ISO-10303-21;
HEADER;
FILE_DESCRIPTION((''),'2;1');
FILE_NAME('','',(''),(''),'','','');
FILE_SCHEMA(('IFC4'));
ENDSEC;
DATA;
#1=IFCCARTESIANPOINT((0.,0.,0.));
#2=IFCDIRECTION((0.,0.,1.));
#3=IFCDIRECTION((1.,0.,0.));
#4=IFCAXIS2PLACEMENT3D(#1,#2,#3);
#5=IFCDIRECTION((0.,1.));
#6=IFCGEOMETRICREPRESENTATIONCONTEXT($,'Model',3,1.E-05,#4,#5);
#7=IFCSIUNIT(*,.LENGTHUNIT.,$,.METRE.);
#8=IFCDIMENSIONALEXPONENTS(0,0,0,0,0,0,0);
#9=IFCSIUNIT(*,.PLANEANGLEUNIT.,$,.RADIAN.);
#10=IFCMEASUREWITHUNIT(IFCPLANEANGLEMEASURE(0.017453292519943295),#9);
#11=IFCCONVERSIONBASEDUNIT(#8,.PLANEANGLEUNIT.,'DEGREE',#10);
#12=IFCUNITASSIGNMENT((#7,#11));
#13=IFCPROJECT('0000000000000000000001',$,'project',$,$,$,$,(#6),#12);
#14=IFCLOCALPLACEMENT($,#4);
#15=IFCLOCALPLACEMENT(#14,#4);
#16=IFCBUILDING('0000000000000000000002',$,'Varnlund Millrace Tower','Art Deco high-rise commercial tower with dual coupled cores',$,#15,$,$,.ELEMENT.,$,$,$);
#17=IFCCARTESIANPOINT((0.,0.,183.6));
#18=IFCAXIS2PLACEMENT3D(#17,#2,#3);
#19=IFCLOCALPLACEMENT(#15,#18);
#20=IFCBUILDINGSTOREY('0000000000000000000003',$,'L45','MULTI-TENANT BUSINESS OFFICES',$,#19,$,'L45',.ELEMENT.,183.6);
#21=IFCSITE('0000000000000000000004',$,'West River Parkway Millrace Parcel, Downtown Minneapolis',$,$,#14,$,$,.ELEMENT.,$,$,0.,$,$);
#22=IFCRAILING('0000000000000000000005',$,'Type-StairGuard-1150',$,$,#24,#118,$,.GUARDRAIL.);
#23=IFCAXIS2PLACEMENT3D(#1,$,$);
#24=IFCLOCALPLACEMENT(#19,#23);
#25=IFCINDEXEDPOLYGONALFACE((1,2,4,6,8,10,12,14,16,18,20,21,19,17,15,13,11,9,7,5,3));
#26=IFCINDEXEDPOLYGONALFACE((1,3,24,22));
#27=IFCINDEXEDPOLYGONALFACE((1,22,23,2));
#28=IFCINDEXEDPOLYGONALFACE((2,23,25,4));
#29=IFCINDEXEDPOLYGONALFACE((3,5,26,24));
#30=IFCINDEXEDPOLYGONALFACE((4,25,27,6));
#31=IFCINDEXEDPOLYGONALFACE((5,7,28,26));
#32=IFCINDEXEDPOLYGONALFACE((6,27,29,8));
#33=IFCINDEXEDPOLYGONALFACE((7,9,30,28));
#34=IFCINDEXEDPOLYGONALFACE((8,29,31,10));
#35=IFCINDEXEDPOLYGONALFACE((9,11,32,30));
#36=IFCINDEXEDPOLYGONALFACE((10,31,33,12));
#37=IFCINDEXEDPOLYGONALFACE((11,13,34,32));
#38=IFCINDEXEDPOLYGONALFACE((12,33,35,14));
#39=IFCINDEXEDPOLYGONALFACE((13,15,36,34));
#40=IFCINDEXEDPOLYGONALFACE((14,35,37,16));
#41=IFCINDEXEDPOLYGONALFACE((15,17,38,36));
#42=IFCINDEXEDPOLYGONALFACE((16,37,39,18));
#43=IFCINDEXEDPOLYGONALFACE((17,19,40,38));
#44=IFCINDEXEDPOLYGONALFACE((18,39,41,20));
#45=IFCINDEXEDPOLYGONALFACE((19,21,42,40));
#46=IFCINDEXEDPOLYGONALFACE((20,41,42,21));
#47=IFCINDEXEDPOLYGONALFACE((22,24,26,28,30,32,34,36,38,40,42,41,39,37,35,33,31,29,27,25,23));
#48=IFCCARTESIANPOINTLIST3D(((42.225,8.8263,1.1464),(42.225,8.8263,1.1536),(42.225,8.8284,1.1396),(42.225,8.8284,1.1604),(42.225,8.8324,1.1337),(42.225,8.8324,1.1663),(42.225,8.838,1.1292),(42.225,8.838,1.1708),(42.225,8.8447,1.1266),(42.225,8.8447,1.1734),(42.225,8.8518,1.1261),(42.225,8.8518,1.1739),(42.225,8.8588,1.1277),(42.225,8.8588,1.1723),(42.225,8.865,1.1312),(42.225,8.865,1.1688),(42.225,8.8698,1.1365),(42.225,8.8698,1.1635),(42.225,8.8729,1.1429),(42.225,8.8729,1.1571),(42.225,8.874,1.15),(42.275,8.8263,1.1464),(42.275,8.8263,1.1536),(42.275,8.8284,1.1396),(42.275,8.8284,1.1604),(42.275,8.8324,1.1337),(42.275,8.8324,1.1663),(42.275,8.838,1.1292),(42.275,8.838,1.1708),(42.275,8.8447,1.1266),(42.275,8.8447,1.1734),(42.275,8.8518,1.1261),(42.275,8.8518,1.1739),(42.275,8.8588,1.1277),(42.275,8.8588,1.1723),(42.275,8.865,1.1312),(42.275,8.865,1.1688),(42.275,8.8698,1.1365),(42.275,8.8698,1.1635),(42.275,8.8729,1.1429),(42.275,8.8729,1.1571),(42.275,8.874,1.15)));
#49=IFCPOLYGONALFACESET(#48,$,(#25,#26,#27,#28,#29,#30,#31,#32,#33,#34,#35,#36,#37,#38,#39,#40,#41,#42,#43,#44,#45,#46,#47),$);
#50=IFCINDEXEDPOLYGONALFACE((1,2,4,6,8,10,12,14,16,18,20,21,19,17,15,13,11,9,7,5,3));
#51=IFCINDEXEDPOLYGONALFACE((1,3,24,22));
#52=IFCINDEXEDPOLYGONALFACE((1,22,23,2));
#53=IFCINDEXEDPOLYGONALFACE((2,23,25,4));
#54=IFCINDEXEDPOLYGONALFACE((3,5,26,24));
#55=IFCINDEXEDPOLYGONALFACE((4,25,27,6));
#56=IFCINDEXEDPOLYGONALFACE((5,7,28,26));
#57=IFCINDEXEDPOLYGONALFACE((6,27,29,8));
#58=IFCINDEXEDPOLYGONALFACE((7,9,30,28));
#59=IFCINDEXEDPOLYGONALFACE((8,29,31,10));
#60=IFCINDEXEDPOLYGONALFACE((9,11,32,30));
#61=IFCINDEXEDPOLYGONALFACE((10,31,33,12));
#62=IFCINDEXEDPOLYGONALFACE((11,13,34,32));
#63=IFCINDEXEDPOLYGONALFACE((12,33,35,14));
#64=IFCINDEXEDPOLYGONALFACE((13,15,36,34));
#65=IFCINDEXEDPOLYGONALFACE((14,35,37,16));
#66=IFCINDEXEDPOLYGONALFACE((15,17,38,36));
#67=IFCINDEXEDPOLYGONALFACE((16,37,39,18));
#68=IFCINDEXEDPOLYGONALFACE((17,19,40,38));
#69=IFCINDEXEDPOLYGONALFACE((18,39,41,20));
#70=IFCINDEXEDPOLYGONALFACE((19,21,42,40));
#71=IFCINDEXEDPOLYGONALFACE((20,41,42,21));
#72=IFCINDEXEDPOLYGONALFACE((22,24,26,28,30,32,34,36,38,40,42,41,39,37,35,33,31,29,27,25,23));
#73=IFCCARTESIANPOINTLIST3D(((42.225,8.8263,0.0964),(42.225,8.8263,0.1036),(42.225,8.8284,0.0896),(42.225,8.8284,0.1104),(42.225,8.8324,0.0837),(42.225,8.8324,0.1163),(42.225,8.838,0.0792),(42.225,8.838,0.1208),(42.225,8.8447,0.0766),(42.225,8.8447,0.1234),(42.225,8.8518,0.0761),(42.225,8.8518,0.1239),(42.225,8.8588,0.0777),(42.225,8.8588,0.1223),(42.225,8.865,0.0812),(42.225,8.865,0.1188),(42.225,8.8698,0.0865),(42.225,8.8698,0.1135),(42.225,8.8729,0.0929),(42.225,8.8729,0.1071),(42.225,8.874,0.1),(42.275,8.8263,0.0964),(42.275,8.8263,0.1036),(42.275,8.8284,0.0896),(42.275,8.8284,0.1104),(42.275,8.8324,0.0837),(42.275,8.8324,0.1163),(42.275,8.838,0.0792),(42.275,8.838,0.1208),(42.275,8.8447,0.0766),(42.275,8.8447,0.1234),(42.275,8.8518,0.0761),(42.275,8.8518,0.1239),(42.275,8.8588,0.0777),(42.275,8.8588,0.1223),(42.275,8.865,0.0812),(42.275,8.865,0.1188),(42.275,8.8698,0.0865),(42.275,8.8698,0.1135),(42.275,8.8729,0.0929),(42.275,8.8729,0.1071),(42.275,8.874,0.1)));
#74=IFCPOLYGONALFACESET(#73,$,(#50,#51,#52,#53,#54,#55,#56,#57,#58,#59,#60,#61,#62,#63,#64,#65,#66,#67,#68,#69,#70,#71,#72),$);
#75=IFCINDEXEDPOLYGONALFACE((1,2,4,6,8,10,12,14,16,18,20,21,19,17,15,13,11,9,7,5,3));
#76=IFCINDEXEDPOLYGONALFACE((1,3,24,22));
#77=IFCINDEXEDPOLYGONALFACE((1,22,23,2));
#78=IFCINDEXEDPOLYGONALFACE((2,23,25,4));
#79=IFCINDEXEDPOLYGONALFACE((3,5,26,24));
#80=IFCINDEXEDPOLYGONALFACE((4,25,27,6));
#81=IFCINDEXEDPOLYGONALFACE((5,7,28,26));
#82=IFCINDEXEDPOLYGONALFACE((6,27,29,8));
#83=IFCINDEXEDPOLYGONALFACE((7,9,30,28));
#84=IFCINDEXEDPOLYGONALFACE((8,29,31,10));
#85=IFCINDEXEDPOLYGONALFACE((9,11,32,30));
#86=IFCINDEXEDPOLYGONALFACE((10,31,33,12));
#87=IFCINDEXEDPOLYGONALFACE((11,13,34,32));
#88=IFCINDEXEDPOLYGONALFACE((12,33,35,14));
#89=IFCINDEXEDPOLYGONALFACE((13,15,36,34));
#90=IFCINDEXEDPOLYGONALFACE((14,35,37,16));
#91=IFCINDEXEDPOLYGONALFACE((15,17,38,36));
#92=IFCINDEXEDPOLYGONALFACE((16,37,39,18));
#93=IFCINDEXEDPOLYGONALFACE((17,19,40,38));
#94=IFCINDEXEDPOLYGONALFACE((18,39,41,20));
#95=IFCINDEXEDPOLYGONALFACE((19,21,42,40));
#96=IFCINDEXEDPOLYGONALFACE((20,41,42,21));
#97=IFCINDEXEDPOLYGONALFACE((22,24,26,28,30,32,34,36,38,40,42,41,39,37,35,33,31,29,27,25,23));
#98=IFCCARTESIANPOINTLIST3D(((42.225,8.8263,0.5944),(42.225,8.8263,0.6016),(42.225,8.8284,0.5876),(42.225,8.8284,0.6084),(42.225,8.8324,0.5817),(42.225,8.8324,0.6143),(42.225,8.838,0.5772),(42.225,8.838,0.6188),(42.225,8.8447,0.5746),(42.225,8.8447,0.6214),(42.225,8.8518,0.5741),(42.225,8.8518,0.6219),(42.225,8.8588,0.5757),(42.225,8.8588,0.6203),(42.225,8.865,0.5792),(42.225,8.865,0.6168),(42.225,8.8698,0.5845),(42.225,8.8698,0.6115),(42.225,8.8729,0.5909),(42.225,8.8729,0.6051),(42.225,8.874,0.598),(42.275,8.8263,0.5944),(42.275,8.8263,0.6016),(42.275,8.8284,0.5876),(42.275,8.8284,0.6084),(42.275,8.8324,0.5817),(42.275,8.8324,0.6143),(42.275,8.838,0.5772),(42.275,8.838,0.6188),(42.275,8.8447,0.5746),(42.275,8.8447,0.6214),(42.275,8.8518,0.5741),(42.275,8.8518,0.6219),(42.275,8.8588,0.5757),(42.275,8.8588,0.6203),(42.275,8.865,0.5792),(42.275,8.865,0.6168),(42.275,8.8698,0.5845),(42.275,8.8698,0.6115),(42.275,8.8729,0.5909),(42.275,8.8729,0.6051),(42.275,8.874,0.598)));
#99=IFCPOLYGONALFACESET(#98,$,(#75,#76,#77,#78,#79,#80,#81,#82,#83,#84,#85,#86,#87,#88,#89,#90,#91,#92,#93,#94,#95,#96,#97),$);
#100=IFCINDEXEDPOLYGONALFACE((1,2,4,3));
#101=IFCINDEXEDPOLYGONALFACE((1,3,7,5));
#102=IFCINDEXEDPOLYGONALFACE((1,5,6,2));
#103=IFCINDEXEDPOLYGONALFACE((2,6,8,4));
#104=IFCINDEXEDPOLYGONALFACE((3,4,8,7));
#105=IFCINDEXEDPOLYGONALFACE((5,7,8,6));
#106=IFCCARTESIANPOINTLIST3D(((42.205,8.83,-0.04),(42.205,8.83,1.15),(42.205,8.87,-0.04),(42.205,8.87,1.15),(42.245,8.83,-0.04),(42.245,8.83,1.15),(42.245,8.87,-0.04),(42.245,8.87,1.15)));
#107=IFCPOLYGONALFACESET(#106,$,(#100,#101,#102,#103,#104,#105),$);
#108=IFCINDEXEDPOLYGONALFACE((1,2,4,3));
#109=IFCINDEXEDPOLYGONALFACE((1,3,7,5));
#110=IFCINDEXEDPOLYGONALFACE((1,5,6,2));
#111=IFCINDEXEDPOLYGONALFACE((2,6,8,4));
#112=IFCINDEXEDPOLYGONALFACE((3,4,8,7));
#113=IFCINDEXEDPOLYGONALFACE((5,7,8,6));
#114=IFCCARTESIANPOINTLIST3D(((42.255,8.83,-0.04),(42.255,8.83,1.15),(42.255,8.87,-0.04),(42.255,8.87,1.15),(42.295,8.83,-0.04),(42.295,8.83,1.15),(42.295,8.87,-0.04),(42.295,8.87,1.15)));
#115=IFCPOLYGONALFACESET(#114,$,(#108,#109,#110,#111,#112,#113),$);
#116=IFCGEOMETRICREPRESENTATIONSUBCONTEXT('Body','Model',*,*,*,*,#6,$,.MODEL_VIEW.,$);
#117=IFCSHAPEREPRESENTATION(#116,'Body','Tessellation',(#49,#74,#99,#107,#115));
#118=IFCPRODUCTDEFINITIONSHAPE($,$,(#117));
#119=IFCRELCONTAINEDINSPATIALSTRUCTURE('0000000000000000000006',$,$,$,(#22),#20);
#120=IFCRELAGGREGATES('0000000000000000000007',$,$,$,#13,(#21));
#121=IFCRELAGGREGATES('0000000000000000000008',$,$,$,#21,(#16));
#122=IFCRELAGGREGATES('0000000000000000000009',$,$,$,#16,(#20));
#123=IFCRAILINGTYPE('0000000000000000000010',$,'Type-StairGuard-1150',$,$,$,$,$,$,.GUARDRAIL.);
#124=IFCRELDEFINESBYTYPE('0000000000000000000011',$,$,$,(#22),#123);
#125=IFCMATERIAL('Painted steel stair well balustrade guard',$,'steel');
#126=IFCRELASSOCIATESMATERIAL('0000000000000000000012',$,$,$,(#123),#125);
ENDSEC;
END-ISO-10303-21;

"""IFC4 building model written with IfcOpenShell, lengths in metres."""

from ifc_helpers import new_model, entity, si_unit, converted_unit, direction, frame, origin_with_axes, origin_2d_with_axis, place, context, subcontext, project, spatial, rectangle, circle, extrude, material, type_object, element, save


model = new_model("IFC4")

# Units and contexts
model_context = context("Model", 3, precision=1e-05, world=origin_with_axes(), true_north=direction((0.0, 1.0)))
body_context = subcontext(model_context, "Body", "Model", "MODEL_VIEW")
ifc_project = project(units=[si_unit("LENGTHUNIT", "METRE"), converted_unit("PLANEANGLEUNIT", "DEGREE", entity("IfcPlaneAngleMeasure", 0.017453292519943295), si_unit("PLANEANGLEUNIT", "RADIAN"), dimensions=[0, 0, 0, 0, 0, 0, 0])], contexts=[model_context])

# Site, building, storey
site_placement = place(None, origin_with_axes())
site = spatial("IfcSite", under=ifc_project, at=site_placement, Name="West River Parkway Millrace Parcel, Downtown Minneapolis", CompositionType="ELEMENT", RefElevation=0.0)
building_placement = place(site_placement, origin_with_axes())
building = spatial("IfcBuilding", under=site, at=building_placement, Name="Varnlund Millrace Tower", Description="Art Deco high-rise commercial tower with dual coupled cores", CompositionType="ELEMENT")
storey_placement = place(building_placement, frame((0.0, 0.0, 183.6), z_axis=(0.0, 0.0, 1.0), x_axis=(1.0, 0.0, 0.0)))
storey = spatial("IfcBuildingStorey", under=building, at=storey_placement, Name="L45", Description="MULTI-TENANT BUSINESS OFFICES", LongName="L45", CompositionType="ELEMENT", Elevation=183.6)

# Railing
ifc_material_1 = material(Name="Painted steel stair well balustrade guard", Category="steel")
railing_type_1 = type_object("IfcRailingType", Name="Type-StairGuard-1150", PredefinedType="GUARDRAIL", material=ifc_material_1)
railing_1_placement = place(storey_placement, frame((0.0, 0.0, -183.6), z_axis=(0.0, 0.0, 1.0), x_axis=(1.0, 0.0, 0.0)))
element("IfcRailing", 1, at=railing_1_placement, inside=storey, type_object=railing_type_1, Name="Type-StairGuard-1150", PredefinedType="GUARDRAIL", context=body_context, shape_type="SweptSolid", body=[
    extrude(circle(Radius=0.024, at=origin_2d_with_axis()), frame((42.225, 8.85, 184.75), z_axis=(1.0, 0.0, 0.0), x_axis=(0.0, 1.0, 0.0)), (0.0, 0.0, 1.0), 0.05),
    extrude(circle(Radius=0.024, at=origin_2d_with_axis()), frame((42.225, 8.85, 183.7), z_axis=(1.0, 0.0, 0.0), x_axis=(0.0, 1.0, 0.0)), (0.0, 0.0, 1.0), 0.05),
    extrude(circle(Radius=0.024, at=origin_2d_with_axis()), frame((42.225, 8.85, 184.198), z_axis=(1.0, 0.0, 0.0), x_axis=(0.0, 1.0, 0.0)), (0.0, 0.0, 1.0), 0.05),
    extrude(rectangle(XDim=0.04, YDim=0.04, at=origin_2d_with_axis()), frame((42.225, 8.85, 183.56), z_axis=(0.0, 0.0, 1.0), x_axis=(1.0, 0.0, 0.0)), (0.0, 0.0, 1.0), 1.19),
    extrude(rectangle(XDim=0.04, YDim=0.04, at=origin_2d_with_axis()), frame((42.275, 8.85, 183.56), z_axis=(0.0, 0.0, 1.0), x_axis=(1.0, 0.0, 0.0)), (0.0, 0.0, 1.0), 1.19),
])

save(model, "model.ifc")
